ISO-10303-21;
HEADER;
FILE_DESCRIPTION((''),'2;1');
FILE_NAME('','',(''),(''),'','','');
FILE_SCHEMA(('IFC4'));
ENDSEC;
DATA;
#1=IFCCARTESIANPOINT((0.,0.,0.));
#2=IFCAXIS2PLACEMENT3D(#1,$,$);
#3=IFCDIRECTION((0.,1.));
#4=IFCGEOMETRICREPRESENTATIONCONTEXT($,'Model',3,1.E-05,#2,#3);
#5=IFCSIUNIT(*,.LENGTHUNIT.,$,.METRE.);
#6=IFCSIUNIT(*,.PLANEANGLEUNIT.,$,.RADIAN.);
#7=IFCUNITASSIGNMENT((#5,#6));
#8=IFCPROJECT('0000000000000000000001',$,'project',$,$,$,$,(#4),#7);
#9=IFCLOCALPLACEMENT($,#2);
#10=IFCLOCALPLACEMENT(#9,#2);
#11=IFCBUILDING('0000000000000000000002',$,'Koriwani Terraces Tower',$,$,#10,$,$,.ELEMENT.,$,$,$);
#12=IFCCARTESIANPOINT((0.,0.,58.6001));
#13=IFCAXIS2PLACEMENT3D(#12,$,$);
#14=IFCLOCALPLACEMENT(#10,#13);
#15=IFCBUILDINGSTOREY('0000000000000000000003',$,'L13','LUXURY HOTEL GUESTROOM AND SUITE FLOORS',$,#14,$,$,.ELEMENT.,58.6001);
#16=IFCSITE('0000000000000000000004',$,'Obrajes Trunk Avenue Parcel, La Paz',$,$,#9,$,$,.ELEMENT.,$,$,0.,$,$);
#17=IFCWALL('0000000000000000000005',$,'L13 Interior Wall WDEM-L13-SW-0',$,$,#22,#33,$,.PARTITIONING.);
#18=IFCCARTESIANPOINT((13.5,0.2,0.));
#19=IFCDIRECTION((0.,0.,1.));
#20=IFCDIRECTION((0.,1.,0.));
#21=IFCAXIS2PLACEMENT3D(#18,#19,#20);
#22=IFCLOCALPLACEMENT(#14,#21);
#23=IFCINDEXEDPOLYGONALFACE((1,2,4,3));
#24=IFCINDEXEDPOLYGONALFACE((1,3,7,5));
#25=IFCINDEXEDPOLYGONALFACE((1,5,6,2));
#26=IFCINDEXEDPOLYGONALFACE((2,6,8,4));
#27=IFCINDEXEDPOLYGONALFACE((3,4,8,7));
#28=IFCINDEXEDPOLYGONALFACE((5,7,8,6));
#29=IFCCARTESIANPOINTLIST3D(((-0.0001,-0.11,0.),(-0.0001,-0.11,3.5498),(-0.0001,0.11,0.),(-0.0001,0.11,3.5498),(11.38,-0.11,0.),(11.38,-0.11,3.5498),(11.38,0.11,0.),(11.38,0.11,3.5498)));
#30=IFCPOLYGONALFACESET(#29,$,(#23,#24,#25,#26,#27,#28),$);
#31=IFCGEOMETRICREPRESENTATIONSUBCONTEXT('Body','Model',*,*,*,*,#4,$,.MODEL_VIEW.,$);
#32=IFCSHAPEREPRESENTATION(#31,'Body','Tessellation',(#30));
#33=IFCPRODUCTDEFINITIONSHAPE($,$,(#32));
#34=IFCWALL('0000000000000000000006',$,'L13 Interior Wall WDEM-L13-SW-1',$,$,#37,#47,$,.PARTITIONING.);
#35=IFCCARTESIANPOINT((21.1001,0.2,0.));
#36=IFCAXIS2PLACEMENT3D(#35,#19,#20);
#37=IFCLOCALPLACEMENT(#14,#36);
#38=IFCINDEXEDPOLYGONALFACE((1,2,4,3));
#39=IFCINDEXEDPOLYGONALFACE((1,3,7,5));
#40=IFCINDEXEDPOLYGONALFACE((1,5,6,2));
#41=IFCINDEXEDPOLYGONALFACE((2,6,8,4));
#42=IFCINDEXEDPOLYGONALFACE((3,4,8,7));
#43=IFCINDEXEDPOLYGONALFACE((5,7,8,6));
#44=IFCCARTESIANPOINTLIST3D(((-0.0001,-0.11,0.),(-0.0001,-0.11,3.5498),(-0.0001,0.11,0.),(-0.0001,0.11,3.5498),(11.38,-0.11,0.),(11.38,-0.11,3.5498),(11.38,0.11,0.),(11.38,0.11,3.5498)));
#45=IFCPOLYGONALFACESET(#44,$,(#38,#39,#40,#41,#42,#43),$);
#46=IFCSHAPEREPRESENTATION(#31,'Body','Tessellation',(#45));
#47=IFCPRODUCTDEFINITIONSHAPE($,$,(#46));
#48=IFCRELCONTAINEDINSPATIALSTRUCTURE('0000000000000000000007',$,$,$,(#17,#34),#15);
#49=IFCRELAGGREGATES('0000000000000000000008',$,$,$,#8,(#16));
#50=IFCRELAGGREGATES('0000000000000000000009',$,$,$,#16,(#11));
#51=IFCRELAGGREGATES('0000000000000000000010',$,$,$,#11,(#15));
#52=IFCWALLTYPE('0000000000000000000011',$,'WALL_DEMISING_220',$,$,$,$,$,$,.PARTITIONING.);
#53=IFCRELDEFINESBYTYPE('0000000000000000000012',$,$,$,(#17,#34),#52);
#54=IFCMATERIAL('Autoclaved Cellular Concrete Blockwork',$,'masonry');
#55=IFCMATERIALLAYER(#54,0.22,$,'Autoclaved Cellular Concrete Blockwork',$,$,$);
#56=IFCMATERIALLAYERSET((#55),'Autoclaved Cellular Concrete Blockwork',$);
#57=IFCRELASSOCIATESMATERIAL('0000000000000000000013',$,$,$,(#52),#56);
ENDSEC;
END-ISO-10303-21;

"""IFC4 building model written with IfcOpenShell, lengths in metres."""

from ifc_helpers import new_model, si_unit, direction, frame, frame_2d, origin, place, context, subcontext, project, spatial, rectangle, extrude, material, layer, layer_set, type_object, element, save


model = new_model("IFC4")

# Units and contexts
model_context = context("Model", 3, precision=1e-05, world=origin(), true_north=direction((0.0, 1.0)))
body_context = subcontext(model_context, "Body", "Model", "MODEL_VIEW")
ifc_project = project(units=[si_unit("LENGTHUNIT", "METRE"), si_unit("PLANEANGLEUNIT", "RADIAN")], contexts=[model_context])

# Site, building, storey
site_placement = place(None, origin())
site = spatial("IfcSite", under=ifc_project, at=site_placement, Name="Obrajes Trunk Avenue Parcel, La Paz", CompositionType="ELEMENT", RefElevation=0.0)
building_placement = place(site_placement, origin())
building = spatial("IfcBuilding", under=site, at=building_placement, Name="Koriwani Terraces Tower", CompositionType="ELEMENT")
storey_placement = place(building_placement, frame((0.0, 0.0, 58.6001)))
storey = spatial("IfcBuildingStorey", under=building, at=storey_placement, Name="L13", Description="LUXURY HOTEL GUESTROOM AND SUITE FLOORS", CompositionType="ELEMENT", Elevation=58.6001)

# Shared definitions
ifc_material_1 = material(Name="Autoclaved Cellular Concrete Blockwork", Category="masonry")

# Walls
ifc_layer_1 = layer(ifc_material_1, 0.22, Name="Autoclaved Cellular Concrete Blockwork")
ifc_layer_set_1 = layer_set([ifc_layer_1], Name="Autoclaved Cellular Concrete Blockwork")
wall_type_1 = type_object("IfcWallType", Name="WALL_DEMISING_220", PredefinedType="PARTITIONING", material=ifc_layer_set_1)
for number, where, z_axis, x_axis, name in (
    (1, (13.5, 0.2, 0.0), (0.0, 0.0, 1.0), (0.0, 1.0, 0.0), "L13 Interior Wall WDEM-L13-SW-0"),
    (2, (21.1001, 0.2, 0.0), (0.0, 0.0, 1.0), (0.0, 1.0, 0.0), "L13 Interior Wall WDEM-L13-SW-1"),
):
    element("IfcWall", number, at=place(storey_placement, frame(where, z_axis=z_axis, x_axis=x_axis)), inside=storey, type_object=wall_type_1, Name=name, PredefinedType="PARTITIONING", context=body_context, shape_type="SweptSolid", body=[
        extrude(rectangle(XDim=11.3801, YDim=0.22, at=frame_2d((5.6899, 0.0))), origin(), (0.0, 0.0, 1.0), 3.5498),
    ])

save(model, "model.ifc")
